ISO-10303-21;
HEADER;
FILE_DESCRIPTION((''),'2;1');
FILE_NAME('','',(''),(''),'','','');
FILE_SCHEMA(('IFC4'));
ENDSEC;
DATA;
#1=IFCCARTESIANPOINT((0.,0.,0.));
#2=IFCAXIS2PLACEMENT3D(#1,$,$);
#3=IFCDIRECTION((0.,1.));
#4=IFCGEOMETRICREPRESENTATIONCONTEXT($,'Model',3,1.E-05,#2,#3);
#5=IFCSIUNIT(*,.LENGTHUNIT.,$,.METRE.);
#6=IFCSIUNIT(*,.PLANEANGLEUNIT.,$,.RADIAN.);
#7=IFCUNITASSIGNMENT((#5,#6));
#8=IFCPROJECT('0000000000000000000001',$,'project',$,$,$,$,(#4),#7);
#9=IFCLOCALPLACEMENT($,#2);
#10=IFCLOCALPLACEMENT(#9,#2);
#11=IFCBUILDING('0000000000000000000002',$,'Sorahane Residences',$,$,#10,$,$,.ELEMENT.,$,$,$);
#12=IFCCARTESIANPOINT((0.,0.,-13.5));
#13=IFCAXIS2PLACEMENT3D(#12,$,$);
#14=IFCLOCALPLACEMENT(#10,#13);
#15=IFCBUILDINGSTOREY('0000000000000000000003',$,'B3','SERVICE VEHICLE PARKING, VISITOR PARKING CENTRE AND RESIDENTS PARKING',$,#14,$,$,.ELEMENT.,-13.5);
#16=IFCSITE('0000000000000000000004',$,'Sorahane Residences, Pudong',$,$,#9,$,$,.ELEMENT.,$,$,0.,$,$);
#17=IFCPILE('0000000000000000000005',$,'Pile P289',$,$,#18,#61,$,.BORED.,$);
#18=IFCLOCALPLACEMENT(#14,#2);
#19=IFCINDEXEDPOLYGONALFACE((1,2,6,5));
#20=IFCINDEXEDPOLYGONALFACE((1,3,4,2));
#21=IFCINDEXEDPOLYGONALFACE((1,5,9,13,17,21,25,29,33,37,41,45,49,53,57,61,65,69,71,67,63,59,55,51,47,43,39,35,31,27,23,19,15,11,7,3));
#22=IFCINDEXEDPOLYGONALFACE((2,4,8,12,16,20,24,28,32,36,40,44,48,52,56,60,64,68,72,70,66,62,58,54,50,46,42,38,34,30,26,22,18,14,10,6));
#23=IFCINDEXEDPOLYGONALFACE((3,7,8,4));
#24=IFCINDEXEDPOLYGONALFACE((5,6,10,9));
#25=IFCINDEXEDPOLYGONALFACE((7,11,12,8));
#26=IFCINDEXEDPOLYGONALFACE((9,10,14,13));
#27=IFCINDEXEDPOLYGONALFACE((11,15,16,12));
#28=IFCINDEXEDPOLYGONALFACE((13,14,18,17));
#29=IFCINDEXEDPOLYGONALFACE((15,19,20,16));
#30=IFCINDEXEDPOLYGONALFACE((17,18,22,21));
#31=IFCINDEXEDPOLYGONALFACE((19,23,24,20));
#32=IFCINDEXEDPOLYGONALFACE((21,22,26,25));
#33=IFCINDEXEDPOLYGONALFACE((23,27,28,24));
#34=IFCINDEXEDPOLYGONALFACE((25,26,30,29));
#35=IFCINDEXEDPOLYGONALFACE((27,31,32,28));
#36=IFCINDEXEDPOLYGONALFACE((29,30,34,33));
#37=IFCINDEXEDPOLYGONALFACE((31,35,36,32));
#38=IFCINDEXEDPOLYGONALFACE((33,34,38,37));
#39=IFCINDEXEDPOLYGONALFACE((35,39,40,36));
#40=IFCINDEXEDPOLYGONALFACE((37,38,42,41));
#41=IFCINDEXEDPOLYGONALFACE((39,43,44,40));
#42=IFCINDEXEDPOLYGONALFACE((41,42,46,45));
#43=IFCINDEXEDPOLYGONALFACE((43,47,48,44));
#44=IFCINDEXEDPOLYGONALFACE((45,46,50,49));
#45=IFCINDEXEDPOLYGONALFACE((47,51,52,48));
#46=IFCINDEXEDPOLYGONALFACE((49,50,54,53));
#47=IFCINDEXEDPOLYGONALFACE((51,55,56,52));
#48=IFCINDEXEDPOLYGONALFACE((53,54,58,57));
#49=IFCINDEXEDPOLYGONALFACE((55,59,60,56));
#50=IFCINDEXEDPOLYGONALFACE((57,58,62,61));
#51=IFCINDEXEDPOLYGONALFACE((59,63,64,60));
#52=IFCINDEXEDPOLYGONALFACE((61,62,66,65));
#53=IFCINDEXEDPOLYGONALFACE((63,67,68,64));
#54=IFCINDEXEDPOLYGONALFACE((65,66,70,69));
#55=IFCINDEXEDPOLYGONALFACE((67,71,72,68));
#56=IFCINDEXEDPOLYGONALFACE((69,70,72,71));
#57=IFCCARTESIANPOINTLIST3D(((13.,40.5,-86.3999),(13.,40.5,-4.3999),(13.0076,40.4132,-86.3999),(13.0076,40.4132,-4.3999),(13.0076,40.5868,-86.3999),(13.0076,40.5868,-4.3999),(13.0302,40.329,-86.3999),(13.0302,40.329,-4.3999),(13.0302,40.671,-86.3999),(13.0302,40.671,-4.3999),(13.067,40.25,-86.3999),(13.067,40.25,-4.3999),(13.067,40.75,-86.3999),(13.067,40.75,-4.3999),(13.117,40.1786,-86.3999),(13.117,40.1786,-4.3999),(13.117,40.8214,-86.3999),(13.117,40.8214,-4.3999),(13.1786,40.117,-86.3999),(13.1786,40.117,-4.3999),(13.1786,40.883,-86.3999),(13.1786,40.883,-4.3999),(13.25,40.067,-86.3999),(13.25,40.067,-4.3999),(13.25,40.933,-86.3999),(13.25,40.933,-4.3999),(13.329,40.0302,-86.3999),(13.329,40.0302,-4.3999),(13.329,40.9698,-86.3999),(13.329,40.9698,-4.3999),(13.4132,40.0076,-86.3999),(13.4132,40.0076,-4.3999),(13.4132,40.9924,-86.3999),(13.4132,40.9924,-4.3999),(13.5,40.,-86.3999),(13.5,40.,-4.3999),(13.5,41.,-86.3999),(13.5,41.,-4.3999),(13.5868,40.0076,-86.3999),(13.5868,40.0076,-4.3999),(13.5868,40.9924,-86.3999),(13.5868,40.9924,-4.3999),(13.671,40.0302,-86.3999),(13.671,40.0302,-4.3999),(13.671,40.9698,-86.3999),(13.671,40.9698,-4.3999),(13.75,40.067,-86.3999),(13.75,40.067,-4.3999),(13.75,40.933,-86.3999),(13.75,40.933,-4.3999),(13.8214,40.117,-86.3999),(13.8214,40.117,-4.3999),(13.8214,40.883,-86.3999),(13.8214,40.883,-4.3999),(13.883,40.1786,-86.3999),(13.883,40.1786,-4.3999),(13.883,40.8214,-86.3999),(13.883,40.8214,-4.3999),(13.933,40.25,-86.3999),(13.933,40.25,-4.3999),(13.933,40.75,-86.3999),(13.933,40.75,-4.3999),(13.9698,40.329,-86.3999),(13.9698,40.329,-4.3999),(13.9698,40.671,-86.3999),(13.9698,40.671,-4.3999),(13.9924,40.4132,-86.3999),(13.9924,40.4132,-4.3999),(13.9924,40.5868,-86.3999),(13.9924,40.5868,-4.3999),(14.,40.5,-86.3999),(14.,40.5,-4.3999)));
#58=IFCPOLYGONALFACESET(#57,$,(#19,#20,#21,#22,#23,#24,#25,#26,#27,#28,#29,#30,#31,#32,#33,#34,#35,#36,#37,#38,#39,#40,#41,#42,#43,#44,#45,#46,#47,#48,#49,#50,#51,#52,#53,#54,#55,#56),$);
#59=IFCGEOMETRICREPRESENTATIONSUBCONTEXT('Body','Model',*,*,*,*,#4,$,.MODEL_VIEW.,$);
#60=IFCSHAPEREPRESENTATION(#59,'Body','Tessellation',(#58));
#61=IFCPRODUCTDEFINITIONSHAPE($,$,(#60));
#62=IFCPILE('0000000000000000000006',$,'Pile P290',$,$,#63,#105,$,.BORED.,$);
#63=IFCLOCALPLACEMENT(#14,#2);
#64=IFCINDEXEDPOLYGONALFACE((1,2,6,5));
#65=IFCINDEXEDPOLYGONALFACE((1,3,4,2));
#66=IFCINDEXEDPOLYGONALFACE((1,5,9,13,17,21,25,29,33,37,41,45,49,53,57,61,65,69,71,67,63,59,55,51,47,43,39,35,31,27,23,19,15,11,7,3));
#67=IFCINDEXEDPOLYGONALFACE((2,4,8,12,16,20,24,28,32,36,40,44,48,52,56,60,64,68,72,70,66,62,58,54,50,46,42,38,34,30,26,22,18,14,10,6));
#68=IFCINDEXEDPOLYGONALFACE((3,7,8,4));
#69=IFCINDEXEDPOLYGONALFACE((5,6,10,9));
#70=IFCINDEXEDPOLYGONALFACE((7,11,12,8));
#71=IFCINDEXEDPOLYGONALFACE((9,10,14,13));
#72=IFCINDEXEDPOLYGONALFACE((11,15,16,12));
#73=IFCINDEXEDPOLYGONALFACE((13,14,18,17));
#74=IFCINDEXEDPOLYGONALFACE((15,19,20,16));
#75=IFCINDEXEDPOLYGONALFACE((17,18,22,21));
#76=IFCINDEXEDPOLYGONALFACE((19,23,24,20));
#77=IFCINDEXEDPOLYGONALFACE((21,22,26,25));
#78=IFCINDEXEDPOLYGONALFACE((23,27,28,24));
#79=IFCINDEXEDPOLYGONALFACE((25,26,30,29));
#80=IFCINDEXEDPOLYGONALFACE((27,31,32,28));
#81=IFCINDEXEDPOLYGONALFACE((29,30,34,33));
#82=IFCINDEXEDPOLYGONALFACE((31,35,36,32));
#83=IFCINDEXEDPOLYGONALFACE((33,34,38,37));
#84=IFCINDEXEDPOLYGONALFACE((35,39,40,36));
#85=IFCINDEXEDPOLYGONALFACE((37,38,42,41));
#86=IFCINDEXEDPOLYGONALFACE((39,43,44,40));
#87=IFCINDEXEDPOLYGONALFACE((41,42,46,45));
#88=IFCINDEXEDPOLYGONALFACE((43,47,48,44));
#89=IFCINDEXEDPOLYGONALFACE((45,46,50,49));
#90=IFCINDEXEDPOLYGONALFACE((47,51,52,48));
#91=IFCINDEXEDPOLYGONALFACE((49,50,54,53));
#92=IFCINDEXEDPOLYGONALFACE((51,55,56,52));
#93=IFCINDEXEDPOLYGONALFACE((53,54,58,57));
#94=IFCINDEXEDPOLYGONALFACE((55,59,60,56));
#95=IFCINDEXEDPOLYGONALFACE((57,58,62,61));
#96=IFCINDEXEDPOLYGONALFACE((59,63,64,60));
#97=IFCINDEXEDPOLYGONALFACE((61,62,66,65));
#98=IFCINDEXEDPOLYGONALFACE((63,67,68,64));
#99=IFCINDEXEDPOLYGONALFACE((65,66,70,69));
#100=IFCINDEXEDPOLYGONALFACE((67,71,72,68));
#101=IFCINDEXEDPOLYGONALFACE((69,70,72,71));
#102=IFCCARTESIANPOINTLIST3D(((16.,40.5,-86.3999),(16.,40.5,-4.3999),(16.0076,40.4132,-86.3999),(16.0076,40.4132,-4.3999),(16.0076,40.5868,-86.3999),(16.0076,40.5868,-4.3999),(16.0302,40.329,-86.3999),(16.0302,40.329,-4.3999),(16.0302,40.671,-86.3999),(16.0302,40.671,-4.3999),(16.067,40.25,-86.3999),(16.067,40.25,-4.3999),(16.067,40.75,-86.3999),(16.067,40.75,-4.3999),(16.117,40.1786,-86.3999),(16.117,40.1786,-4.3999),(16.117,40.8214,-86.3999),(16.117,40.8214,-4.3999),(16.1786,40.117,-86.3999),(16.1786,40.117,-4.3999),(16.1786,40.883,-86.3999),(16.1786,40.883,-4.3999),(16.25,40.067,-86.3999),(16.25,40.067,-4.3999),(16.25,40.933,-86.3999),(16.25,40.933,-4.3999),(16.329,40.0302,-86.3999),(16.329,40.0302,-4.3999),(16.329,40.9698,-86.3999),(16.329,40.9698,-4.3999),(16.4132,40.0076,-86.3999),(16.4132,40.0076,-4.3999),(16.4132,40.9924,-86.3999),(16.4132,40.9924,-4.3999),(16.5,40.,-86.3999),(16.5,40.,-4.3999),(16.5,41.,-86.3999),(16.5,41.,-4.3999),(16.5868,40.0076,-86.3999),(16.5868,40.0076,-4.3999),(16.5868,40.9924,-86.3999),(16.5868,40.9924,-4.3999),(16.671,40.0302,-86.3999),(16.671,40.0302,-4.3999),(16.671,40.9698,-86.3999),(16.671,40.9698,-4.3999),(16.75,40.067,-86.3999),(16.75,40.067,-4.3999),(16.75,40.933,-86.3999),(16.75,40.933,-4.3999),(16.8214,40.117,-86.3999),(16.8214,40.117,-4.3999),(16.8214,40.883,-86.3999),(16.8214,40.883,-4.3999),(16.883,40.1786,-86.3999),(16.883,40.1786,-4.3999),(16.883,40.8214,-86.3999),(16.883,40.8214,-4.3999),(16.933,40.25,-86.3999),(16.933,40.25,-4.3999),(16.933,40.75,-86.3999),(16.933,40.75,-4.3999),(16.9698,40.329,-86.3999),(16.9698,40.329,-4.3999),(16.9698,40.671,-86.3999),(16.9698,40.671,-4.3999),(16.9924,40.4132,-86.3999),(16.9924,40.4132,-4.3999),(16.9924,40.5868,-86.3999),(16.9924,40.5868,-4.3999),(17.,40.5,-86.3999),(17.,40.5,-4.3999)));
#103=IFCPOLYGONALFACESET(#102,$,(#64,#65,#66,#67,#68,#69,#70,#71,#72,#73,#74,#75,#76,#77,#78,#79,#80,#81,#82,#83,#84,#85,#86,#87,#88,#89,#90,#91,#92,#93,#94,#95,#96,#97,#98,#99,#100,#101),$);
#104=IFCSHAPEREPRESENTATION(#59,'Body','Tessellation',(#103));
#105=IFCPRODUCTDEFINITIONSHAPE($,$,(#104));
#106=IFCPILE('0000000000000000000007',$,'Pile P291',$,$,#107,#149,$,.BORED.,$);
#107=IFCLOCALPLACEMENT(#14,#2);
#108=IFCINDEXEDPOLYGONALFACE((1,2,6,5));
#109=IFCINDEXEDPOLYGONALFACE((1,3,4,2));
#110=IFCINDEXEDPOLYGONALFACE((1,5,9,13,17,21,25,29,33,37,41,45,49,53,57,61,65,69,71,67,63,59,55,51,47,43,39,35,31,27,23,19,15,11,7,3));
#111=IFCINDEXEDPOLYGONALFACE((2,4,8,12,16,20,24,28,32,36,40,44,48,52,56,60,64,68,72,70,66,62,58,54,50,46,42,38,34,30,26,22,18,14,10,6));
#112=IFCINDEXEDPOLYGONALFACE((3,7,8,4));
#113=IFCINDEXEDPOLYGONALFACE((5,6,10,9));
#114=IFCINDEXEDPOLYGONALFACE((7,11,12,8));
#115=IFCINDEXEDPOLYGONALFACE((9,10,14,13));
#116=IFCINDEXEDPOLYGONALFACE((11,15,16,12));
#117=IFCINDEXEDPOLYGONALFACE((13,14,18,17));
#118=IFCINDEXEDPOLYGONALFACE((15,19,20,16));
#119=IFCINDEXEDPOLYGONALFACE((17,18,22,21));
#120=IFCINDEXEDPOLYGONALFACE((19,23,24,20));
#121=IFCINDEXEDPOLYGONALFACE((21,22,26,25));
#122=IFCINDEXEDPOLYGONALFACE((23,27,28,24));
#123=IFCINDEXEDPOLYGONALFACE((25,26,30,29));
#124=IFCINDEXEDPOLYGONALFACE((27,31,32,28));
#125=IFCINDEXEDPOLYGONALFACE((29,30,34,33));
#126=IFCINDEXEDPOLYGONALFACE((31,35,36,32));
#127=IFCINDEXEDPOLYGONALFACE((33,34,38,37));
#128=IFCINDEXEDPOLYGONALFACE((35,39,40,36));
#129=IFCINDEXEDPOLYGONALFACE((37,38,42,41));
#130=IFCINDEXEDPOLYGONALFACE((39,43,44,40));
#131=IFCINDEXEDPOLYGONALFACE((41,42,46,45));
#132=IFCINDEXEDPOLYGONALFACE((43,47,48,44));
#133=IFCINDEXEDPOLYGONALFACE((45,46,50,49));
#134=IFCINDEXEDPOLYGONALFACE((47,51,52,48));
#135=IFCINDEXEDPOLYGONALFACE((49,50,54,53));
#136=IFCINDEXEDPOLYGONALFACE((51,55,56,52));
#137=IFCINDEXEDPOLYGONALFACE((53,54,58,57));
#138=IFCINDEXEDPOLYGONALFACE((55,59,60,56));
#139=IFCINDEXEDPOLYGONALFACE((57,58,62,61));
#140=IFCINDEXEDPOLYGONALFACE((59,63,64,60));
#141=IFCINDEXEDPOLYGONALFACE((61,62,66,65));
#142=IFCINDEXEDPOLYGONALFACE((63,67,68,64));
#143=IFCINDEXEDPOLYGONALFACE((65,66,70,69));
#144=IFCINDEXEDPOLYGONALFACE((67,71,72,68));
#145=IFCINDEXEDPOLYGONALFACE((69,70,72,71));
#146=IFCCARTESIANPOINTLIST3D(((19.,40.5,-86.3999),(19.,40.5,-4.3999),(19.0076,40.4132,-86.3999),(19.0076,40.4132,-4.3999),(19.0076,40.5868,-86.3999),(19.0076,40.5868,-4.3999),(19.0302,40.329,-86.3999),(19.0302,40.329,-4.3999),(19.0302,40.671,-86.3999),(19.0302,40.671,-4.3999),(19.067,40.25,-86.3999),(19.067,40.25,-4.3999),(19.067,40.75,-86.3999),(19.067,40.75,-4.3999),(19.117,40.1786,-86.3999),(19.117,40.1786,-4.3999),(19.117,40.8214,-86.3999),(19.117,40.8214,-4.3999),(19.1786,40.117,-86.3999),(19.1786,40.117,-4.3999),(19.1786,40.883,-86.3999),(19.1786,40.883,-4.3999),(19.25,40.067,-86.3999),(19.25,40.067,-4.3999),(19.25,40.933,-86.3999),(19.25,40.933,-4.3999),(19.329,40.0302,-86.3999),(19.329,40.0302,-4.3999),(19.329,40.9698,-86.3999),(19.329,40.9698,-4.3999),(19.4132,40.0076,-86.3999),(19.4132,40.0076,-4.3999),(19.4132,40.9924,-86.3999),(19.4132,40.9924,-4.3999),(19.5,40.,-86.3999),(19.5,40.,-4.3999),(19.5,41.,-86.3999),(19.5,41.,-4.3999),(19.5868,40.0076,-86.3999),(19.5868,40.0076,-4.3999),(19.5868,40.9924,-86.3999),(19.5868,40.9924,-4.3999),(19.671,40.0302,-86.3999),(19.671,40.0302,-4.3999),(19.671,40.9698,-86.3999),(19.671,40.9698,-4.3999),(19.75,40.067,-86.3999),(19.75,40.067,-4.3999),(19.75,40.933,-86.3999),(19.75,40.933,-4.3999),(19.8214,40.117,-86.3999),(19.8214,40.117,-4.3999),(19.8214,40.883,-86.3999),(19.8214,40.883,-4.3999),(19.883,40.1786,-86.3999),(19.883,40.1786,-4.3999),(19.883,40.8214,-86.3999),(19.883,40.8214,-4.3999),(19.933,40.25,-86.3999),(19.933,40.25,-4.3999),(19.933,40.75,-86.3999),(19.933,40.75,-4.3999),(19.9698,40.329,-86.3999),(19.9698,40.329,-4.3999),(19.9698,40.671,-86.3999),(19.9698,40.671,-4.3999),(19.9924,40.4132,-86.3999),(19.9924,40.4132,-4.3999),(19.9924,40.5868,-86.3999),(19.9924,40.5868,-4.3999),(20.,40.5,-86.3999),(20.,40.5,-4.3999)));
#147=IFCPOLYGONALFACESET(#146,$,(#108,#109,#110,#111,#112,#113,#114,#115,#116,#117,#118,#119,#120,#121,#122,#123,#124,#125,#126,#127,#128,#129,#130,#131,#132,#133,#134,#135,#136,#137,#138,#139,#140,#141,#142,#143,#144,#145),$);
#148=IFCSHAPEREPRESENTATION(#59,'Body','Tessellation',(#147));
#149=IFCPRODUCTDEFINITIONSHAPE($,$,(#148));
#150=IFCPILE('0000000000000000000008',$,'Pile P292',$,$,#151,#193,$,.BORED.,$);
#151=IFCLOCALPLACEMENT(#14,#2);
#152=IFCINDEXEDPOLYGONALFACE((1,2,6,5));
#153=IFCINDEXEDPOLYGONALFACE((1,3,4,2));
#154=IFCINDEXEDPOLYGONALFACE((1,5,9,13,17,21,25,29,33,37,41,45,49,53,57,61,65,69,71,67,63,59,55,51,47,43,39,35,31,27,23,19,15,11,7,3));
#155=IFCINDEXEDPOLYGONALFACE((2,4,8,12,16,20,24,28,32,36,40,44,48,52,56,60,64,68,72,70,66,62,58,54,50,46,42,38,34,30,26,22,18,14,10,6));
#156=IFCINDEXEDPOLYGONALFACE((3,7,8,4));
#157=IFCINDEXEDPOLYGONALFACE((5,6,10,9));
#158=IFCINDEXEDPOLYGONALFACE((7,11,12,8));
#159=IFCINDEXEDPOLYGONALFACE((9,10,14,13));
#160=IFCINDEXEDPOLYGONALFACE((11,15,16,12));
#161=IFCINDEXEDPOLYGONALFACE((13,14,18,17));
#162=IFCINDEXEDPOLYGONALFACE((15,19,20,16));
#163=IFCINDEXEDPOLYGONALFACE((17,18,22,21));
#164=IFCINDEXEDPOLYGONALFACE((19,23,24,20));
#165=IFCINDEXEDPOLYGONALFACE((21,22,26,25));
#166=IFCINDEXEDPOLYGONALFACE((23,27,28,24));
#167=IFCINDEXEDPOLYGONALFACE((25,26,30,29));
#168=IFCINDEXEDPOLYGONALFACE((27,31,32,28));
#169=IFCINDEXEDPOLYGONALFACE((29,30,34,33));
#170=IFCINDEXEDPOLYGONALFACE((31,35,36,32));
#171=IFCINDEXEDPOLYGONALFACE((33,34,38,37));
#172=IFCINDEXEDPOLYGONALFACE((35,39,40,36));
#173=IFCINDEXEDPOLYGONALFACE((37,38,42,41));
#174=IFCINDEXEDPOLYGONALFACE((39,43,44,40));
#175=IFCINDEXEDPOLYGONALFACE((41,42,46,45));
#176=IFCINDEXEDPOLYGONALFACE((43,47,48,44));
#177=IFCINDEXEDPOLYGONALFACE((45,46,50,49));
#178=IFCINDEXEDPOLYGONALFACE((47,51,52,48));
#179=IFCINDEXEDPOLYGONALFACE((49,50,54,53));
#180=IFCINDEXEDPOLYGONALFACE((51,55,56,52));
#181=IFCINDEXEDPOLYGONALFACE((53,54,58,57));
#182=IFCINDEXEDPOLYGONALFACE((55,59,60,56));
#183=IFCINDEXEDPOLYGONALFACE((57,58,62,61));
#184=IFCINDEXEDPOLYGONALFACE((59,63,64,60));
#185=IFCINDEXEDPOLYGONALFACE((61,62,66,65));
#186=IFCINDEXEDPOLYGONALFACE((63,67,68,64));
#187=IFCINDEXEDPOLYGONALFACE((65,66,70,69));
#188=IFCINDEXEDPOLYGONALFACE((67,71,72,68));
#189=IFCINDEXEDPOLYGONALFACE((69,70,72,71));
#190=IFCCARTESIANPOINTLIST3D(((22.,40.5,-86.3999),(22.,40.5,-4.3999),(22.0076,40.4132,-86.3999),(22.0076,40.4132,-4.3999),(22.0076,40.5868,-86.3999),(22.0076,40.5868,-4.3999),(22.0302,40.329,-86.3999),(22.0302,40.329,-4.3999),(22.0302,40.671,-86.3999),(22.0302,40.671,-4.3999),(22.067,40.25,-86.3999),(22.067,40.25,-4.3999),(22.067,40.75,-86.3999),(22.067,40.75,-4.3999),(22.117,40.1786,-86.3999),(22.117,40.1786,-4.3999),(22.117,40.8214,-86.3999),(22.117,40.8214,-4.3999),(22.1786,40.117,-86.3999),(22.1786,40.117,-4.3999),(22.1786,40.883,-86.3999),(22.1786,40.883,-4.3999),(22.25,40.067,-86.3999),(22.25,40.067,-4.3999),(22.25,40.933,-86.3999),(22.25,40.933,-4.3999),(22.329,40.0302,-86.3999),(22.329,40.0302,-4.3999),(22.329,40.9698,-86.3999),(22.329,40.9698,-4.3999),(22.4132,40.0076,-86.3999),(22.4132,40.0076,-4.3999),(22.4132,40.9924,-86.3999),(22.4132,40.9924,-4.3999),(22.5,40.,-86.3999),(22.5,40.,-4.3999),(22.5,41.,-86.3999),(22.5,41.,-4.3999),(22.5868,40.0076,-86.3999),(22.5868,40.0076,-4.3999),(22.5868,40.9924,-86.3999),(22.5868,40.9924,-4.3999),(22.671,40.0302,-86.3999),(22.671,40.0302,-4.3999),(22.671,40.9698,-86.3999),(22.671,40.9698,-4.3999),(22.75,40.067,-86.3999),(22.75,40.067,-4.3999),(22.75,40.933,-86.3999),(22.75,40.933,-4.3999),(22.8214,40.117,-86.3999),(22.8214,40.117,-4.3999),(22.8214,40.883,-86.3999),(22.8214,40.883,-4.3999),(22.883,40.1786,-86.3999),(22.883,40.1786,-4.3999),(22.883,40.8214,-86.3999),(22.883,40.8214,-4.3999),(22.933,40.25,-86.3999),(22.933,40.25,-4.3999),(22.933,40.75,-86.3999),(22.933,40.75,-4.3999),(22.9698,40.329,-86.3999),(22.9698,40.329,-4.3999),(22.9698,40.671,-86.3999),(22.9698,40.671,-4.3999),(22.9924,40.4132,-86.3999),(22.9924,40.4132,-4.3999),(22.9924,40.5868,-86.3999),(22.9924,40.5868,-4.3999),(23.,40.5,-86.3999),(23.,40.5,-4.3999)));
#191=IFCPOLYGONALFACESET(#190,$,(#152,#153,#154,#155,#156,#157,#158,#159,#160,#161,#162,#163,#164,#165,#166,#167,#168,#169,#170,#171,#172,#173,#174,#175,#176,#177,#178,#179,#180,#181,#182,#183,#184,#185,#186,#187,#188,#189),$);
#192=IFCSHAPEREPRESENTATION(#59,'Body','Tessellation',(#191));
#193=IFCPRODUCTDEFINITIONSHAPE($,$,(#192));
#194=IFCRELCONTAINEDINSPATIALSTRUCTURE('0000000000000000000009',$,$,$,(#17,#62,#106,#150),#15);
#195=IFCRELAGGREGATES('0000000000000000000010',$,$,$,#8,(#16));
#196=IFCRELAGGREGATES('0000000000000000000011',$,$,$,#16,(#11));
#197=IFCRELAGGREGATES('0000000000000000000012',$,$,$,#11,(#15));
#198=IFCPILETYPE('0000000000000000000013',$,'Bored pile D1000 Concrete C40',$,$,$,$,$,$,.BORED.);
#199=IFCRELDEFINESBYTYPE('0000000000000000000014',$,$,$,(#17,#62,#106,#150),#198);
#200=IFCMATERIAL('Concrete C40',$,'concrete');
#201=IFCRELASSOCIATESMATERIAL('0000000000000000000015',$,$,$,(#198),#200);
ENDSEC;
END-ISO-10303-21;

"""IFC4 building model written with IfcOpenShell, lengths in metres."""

from ifc_helpers import new_model, si_unit, direction, frame, origin, origin_2d, place, context, subcontext, project, spatial, circle, extrude, material, material_profile, profile_set, type_object, element, save


model = new_model("IFC4")

# Units and contexts
model_context = context("Model", 3, precision=1e-05, world=origin(), true_north=direction((0.0, 1.0)))
body_context = subcontext(model_context, "Body", "Model", "MODEL_VIEW")
ifc_project = project(units=[si_unit("LENGTHUNIT", "METRE"), si_unit("PLANEANGLEUNIT", "RADIAN")], contexts=[model_context])

# Site, building, storey
site_placement = place(None, origin())
site = spatial("IfcSite", under=ifc_project, at=site_placement, Name="Sorahane Residences, Pudong", CompositionType="ELEMENT", RefElevation=0.0)
building_placement = place(site_placement, origin())
building = spatial("IfcBuilding", under=site, at=building_placement, Name="Sorahane Residences", CompositionType="ELEMENT")
storey_placement = place(building_placement, frame((0.0, 0.0, -13.5)))
storey = spatial("IfcBuildingStorey", under=building, at=storey_placement, Name="B3", Description="SERVICE VEHICLE PARKING, VISITOR PARKING CENTRE AND RESIDENTS PARKING", CompositionType="ELEMENT", Elevation=-13.5)

# Piles
ifc_material_1 = material(Name="Concrete C40", Category="concrete")
ifc_material_profile_1 = material_profile(ifc_material_1, circle(Radius=0.5, at=origin_2d()), Name="D1000")
ifc_profile_set_1 = profile_set([ifc_material_profile_1], Name="Concrete C40")
pile_type = type_object("IfcPileType", Name="Bored pile D1000 Concrete C40", PredefinedType="BORED", material=ifc_profile_set_1)
for number, where, z_axis, x_axis, name in (
    (1, (13.5, 40.5, -4.3999), (0.0, 0.0, -1.0), (1.0, 0.0, 0.0), "Pile P289"),
    (2, (16.5, 40.5, -4.3999), (0.0, 0.0, -1.0), (1.0, 0.0, 0.0), "Pile P290"),
    (3, (19.5, 40.5, -4.3999), (0.0, 0.0, -1.0), (1.0, 0.0, 0.0), "Pile P291"),
    (4, (22.5, 40.5, -4.3999), (0.0, 0.0, -1.0), (1.0, 0.0, 0.0), "Pile P292"),
):
    element("IfcPile", number, at=place(storey_placement, frame(where, z_axis=z_axis, x_axis=x_axis)), inside=storey, type_object=pile_type, Name=name, PredefinedType="BORED", context=body_context, shape_type="SweptSolid", body=[
        extrude(circle(Radius=0.5, at=origin_2d()), origin(), (0.0, 0.0, 1.0), 82.0),
    ])

save(model, "model.ifc")
